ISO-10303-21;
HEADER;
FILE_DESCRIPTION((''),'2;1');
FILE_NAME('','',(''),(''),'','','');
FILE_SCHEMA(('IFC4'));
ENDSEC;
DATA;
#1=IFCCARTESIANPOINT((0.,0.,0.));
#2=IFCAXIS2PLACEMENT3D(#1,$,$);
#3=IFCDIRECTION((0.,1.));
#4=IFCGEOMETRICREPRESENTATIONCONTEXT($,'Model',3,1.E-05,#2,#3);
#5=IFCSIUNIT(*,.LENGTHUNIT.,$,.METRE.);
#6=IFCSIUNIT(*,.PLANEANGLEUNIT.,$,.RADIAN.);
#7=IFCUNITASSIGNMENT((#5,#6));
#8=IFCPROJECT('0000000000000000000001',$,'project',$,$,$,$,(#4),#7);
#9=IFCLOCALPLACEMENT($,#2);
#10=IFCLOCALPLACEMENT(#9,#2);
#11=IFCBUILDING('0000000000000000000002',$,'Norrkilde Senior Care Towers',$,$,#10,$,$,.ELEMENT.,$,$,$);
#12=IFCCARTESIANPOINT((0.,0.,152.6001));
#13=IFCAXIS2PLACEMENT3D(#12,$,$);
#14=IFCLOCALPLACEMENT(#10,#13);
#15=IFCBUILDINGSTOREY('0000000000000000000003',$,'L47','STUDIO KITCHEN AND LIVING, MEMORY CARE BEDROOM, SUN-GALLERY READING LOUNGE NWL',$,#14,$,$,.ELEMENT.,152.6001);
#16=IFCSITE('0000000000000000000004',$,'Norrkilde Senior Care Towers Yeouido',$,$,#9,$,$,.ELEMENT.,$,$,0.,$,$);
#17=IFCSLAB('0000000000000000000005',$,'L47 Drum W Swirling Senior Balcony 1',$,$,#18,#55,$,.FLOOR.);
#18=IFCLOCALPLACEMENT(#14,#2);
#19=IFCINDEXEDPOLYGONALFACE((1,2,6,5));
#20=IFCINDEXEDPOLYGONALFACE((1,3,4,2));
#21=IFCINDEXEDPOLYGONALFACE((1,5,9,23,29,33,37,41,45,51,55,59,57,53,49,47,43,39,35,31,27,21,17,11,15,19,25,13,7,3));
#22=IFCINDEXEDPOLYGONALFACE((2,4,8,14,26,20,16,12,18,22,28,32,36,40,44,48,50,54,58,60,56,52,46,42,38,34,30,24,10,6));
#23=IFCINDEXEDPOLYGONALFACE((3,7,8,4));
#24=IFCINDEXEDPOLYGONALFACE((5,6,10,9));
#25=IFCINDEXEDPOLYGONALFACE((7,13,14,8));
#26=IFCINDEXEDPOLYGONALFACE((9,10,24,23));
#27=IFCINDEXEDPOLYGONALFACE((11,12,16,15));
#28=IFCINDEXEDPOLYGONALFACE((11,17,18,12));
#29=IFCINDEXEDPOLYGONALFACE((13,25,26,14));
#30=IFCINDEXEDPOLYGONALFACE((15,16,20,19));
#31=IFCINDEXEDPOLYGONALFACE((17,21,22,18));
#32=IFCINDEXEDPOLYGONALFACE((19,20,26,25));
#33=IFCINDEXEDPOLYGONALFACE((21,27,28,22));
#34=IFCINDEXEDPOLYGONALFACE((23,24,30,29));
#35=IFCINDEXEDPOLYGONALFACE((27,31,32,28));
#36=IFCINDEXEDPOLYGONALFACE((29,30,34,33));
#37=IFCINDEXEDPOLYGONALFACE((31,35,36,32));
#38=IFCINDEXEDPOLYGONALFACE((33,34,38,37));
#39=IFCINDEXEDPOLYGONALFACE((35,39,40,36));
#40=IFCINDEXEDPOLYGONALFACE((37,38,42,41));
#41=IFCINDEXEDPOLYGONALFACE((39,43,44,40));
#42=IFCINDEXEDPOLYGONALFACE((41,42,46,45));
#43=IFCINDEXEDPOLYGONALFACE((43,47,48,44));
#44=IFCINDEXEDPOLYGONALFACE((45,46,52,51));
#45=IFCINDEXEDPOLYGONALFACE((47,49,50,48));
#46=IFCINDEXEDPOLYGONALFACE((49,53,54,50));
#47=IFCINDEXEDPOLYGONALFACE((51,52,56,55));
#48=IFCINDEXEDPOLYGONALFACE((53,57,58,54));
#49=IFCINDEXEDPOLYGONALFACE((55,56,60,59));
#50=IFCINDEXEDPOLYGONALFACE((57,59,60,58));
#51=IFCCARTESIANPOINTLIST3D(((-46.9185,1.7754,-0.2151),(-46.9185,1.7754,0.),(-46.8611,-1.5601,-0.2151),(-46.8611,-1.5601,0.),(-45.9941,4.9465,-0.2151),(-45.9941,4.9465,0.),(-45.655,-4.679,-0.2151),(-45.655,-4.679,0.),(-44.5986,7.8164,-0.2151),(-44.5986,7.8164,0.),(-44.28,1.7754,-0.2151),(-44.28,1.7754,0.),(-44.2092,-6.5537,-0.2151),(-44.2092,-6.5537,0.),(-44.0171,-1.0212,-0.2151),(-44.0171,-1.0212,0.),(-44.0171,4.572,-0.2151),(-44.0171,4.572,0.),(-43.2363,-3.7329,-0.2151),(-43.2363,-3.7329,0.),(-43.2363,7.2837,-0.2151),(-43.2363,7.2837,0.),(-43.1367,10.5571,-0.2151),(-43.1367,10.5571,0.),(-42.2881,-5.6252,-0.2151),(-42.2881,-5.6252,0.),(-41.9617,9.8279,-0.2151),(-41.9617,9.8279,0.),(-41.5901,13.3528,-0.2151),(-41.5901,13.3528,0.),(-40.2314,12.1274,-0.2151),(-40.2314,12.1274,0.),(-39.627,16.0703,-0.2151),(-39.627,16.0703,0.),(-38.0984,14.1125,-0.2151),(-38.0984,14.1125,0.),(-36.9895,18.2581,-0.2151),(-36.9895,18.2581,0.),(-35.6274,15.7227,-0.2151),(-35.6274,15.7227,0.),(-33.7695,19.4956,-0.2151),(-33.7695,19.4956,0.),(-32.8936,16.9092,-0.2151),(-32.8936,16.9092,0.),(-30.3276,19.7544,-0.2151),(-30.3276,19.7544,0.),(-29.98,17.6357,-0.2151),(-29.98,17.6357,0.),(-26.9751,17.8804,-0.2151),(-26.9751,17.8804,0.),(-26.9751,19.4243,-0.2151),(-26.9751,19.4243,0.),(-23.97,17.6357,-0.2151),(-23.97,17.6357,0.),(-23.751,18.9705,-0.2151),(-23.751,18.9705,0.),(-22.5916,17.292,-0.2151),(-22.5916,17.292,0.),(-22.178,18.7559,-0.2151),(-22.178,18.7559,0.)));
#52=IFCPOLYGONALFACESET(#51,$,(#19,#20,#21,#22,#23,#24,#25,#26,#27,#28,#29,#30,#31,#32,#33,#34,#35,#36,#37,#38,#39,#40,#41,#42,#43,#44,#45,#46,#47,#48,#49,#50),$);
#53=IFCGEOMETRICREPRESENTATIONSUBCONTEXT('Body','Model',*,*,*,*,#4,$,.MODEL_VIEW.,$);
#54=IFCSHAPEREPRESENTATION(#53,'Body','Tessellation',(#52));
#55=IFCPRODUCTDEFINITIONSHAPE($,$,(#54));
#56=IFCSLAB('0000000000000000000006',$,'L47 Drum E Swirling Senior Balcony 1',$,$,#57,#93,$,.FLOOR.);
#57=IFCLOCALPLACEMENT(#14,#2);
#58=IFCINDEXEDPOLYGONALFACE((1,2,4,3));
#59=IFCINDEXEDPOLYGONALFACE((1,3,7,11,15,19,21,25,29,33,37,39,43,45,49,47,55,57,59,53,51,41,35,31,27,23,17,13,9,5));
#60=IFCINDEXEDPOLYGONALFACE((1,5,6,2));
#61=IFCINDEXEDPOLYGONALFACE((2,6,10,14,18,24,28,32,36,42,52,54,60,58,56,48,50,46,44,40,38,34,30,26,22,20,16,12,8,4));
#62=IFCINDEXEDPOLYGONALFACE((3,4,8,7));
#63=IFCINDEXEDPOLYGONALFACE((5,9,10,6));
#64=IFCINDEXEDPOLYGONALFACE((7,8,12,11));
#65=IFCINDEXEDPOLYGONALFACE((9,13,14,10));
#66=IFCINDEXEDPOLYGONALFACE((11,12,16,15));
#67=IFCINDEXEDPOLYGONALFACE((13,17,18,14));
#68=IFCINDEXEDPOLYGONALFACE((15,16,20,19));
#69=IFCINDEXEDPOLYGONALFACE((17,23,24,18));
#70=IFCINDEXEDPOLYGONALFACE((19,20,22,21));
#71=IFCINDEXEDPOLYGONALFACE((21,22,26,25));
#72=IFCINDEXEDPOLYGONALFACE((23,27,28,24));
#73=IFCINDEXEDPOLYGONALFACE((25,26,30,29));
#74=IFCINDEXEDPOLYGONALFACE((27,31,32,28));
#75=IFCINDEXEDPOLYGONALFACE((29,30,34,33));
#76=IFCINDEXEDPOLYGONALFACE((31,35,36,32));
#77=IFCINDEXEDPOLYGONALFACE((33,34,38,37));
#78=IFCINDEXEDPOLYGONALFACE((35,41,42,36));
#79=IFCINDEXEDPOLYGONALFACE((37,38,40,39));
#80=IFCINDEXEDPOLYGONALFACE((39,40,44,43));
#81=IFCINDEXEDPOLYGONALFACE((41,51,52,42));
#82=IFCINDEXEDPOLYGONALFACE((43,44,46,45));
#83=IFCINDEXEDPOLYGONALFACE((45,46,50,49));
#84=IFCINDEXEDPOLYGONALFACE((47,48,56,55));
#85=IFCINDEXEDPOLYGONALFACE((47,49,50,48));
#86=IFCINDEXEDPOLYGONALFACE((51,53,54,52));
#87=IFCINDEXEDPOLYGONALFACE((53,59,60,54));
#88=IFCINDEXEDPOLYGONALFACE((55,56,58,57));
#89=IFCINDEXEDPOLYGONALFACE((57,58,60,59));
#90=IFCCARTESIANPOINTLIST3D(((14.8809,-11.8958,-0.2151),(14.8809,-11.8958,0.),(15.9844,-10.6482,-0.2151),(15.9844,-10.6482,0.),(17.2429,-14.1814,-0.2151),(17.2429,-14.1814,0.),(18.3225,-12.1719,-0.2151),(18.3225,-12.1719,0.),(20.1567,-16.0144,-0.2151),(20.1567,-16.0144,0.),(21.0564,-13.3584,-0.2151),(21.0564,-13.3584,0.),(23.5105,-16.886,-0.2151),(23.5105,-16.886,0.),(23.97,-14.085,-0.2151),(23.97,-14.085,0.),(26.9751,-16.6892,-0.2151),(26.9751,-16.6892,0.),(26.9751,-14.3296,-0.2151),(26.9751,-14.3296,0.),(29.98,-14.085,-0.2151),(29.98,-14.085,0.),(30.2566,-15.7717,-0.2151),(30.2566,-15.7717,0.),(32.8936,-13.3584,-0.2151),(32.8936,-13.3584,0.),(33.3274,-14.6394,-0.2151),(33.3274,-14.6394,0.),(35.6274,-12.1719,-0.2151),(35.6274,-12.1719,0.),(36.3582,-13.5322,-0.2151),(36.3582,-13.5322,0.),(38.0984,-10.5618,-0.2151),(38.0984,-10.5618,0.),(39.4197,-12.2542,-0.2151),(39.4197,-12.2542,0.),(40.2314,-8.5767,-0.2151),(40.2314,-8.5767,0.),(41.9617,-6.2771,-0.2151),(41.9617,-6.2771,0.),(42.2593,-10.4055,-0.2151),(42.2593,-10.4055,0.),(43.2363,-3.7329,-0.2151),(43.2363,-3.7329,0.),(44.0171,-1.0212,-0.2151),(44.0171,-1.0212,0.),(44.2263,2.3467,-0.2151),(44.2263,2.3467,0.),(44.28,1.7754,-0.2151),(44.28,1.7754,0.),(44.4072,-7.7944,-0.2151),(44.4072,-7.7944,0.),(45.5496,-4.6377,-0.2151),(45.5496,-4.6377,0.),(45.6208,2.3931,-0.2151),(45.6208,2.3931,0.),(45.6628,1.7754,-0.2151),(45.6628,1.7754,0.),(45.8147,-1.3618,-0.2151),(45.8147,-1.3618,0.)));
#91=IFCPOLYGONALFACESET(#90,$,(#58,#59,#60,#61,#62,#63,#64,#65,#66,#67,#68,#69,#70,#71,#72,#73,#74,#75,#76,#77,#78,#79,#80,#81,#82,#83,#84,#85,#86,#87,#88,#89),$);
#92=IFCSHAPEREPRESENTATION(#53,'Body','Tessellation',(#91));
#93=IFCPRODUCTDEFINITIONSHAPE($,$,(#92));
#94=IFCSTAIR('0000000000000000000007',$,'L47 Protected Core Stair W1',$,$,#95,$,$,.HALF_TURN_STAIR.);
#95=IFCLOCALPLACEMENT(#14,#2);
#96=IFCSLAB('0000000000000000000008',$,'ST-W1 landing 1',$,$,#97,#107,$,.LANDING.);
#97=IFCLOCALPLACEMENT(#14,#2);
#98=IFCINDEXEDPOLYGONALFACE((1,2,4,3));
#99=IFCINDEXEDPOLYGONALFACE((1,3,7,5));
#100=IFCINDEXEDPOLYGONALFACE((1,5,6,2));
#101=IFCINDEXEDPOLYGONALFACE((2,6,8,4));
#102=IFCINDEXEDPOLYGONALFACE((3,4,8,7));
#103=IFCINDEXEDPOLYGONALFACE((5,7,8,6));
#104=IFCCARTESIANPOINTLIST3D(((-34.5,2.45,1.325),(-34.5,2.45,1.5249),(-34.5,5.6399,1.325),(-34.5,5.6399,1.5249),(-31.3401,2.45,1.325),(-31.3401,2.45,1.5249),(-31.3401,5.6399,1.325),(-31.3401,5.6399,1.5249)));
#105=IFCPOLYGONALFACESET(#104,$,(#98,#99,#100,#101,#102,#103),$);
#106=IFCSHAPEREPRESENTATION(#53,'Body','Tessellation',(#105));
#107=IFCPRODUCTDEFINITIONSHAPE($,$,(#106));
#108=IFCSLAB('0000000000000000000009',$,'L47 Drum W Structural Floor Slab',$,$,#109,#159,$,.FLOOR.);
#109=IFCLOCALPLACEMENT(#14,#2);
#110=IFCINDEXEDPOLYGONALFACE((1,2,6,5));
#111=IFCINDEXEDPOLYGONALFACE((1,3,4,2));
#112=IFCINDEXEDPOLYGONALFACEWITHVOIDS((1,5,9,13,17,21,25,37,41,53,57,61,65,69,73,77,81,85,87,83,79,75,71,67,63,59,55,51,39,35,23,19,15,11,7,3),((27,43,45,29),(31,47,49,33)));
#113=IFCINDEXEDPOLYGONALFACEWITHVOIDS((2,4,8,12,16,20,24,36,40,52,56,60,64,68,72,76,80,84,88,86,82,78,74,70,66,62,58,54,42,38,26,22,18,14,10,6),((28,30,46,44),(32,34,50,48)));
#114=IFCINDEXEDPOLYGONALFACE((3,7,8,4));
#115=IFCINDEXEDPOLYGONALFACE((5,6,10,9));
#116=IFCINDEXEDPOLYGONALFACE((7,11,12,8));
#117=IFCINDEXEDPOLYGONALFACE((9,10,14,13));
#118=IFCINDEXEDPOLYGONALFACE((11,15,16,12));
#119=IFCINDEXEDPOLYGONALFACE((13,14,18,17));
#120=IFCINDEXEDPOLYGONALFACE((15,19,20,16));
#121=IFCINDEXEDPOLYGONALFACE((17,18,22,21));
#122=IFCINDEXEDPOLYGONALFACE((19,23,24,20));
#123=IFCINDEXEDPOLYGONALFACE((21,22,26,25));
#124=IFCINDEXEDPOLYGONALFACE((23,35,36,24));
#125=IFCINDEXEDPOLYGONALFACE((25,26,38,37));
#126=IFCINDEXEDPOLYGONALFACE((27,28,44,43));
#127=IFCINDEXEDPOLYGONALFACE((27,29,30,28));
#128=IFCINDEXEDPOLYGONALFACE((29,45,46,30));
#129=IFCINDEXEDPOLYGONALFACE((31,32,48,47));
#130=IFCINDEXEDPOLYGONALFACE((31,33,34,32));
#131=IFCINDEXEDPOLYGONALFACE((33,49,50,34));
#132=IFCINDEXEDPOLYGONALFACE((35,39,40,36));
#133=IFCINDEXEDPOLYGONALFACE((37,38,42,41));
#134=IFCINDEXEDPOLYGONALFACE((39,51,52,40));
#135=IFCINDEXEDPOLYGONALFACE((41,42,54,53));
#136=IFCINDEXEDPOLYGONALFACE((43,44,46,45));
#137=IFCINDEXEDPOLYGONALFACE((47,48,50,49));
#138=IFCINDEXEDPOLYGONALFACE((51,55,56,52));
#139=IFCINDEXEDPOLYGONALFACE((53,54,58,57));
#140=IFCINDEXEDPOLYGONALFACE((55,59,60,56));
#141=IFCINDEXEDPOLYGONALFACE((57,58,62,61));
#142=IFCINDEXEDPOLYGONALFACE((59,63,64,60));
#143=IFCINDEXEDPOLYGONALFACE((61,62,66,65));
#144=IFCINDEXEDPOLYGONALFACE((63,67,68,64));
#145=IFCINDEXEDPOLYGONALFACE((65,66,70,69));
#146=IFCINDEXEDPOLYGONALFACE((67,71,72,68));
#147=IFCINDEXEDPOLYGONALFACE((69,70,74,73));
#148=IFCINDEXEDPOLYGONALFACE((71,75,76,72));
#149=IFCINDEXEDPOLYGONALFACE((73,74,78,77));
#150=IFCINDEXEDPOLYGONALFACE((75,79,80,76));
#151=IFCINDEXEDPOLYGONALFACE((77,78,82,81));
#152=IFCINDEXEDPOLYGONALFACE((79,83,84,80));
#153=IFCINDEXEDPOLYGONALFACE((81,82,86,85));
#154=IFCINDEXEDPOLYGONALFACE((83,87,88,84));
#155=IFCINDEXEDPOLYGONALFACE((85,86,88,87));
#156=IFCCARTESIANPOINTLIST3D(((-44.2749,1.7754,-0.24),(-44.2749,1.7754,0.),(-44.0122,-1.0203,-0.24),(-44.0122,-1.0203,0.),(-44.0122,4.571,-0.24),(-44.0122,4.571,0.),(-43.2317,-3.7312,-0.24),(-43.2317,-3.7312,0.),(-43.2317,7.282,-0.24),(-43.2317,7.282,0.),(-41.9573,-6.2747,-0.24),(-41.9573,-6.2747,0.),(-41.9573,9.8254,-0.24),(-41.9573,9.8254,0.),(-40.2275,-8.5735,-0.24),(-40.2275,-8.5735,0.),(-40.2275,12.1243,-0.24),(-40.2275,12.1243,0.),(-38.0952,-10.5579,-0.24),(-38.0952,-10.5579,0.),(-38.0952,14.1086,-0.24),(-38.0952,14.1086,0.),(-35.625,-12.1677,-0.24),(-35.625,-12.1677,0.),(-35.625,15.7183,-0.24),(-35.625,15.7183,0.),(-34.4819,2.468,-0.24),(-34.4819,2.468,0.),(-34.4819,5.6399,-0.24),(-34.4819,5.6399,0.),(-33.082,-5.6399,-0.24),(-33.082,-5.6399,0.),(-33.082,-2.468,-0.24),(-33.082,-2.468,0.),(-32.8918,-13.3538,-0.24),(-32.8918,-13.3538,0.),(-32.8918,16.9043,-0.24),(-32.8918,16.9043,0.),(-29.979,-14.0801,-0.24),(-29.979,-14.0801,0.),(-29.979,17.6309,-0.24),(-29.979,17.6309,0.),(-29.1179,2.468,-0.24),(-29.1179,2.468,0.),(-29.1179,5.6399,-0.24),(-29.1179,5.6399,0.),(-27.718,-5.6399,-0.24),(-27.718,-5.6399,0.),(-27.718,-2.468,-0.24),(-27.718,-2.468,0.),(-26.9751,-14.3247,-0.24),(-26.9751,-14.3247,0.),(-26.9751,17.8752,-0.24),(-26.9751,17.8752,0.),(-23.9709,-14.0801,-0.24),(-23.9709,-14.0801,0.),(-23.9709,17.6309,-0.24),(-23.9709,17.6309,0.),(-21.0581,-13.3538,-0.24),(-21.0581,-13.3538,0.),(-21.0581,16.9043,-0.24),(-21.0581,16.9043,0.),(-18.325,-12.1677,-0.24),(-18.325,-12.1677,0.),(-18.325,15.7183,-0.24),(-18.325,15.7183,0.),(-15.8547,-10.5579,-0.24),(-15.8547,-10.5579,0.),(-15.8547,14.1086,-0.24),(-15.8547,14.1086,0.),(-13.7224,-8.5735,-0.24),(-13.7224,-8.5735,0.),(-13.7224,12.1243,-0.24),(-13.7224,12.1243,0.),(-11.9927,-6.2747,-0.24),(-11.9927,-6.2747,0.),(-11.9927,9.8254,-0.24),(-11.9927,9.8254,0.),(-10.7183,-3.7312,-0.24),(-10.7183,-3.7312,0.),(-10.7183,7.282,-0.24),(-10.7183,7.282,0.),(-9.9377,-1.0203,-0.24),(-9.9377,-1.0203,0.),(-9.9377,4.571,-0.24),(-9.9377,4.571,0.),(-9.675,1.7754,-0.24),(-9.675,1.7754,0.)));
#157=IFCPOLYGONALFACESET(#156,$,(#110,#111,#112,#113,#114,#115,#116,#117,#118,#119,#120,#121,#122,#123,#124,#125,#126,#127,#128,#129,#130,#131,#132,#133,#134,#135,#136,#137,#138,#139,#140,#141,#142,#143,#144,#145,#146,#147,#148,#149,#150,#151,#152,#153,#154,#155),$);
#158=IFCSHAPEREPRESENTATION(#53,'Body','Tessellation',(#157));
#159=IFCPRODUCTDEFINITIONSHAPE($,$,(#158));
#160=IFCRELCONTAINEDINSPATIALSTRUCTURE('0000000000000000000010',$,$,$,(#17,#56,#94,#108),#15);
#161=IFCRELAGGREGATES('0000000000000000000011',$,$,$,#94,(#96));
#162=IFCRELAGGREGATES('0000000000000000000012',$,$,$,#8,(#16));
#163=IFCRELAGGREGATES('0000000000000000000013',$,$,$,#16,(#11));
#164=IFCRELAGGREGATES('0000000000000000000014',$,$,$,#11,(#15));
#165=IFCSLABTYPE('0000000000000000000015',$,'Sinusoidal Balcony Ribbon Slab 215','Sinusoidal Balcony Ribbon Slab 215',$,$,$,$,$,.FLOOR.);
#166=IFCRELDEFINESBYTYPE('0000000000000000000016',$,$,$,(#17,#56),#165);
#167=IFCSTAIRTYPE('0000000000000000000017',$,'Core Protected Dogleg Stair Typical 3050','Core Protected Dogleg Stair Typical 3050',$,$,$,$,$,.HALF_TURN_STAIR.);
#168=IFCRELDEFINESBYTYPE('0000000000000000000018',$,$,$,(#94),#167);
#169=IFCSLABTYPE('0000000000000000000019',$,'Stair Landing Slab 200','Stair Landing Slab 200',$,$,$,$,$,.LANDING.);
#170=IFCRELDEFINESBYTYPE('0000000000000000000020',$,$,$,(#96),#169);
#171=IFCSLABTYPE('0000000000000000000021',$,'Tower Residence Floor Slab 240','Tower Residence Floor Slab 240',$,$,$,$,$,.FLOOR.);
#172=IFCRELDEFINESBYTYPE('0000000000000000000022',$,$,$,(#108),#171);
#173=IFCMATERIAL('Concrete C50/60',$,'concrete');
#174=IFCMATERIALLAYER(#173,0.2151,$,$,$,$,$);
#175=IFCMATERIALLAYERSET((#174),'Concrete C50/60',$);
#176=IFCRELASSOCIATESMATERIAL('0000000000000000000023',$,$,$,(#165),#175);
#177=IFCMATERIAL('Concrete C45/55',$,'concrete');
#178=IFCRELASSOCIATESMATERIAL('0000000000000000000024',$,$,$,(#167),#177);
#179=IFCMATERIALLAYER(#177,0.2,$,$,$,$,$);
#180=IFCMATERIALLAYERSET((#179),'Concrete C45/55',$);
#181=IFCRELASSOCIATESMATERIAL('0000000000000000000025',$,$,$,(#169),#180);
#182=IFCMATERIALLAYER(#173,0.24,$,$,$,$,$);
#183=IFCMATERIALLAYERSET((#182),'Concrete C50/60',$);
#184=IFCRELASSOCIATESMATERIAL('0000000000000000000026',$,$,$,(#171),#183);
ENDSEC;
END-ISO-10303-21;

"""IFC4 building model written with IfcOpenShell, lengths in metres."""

from ifc_helpers import new_model, si_unit, direction, frame, origin, place, context, subcontext, project, spatial, polyline, outline, extrude, material, layer, layer_set, type_object, element, aggregate, save


model = new_model("IFC4")

# Units and contexts
model_context = context("Model", 3, precision=1e-05, world=origin(), true_north=direction((0.0, 1.0)))
body_context = subcontext(model_context, "Body", "Model", "MODEL_VIEW")
ifc_project = project(units=[si_unit("LENGTHUNIT", "METRE"), si_unit("PLANEANGLEUNIT", "RADIAN")], contexts=[model_context])

# Site, building, storey
site_placement = place(None, origin())
site = spatial("IfcSite", under=ifc_project, at=site_placement, Name="Norrkilde Senior Care Towers Yeouido", CompositionType="ELEMENT", RefElevation=0.0)
building_placement = place(site_placement, origin())
building = spatial("IfcBuilding", under=site, at=building_placement, Name="Norrkilde Senior Care Towers", CompositionType="ELEMENT")
storey_placement = place(building_placement, frame((0.0, 0.0, 152.6001)))
storey = spatial("IfcBuildingStorey", under=building, at=storey_placement, Name="L47", Description="STUDIO KITCHEN AND LIVING, MEMORY CARE BEDROOM, SUN-GALLERY READING LOUNGE NWL", CompositionType="ELEMENT", Elevation=152.6001)

# Shared definitions
ifc_material_1 = material(Name="Concrete C50/60", Category="concrete")

# Slabs
ifc_layer_1 = layer(ifc_material_1, 0.2151)
ifc_layer_set_1 = layer_set([ifc_layer_1], Name="Concrete C50/60")
slab_type_1 = type_object("IfcSlabType", Name="Sinusoidal Balcony Ribbon Slab 215", Description="Sinusoidal Balcony Ribbon Slab 215", PredefinedType="FLOOR", material=ifc_layer_set_1)
slab_1_placement = place(storey_placement, frame((0.0, 0.0, -0.2151)))
element("IfcSlab", 1, at=slab_1_placement, inside=storey, type_object=slab_type_1, Name="L47 Drum W Swirling Senior Balcony 1", PredefinedType="FLOOR", context=body_context, shape_type="SweptSolid", body=[
    extrude(outline(polyline([(-46.8611, -1.5601), (-46.9185, 1.7754), (-45.9941, 4.9465), (-44.5986, 7.8164), (-43.1367, 10.5571), (-41.5901, 13.3528), (-39.627, 16.0703), (-36.9895, 18.2581), (-33.7695, 19.4956), (-30.3276, 19.7544), (-26.9751, 19.4243), (-23.751, 18.9705), (-22.178, 18.7559), (-22.5916, 17.292), (-23.97, 17.6357), (-26.9751, 17.8804), (-29.98, 17.6357), (-32.8936, 16.9092), (-35.6274, 15.7227), (-38.0984, 14.1125), (-40.2314, 12.1274), (-41.9617, 9.8279), (-43.2363, 7.2837), (-44.0171, 4.572), (-44.28, 1.7754), (-44.0171, -1.0212), (-43.2363, -3.7329), (-42.2881, -5.6252), (-44.2092, -6.5537), (-45.655, -4.679), (-46.8611, -1.5601)])), origin(), (0.0, 0.0, 1.0), 0.2151),
])
slab_2_placement = place(storey_placement, frame((0.0, 0.0, -0.2151)))
element("IfcSlab", 2, at=slab_2_placement, inside=storey, type_object=slab_type_1, Name="L47 Drum E Swirling Senior Balcony 1", PredefinedType="FLOOR", context=body_context, shape_type="SweptSolid", body=[
    extrude(outline(polyline([(44.4072, -7.7944), (42.2593, -10.4055), (39.4197, -12.2542), (36.3582, -13.5322), (33.3274, -14.6394), (30.2566, -15.7717), (26.9751, -16.6892), (23.5105, -16.886), (20.1567, -16.0144), (17.2429, -14.1814), (14.8809, -11.8958), (15.9844, -10.6482), (18.3225, -12.1719), (21.0564, -13.3584), (23.97, -14.085), (26.9751, -14.3296), (29.98, -14.085), (32.8936, -13.3584), (35.6274, -12.1719), (38.0984, -10.5618), (40.2314, -8.5767), (41.9617, -6.2771), (43.2363, -3.7329), (44.0171, -1.0212), (44.28, 1.7754), (44.2263, 2.3467), (45.6208, 2.3931), (45.6628, 1.7754), (45.8147, -1.3618), (45.5496, -4.6377), (44.4072, -7.7944)])), origin(), (0.0, 0.0, 1.0), 0.2151),
])

# Stair, slab
ifc_material_2 = material(Name="Concrete C45/55", Category="concrete")
stair_type = type_object("IfcStairType", Name="Core Protected Dogleg Stair Typical 3050", Description="Core Protected Dogleg Stair Typical 3050", PredefinedType="HALF_TURN_STAIR", material=ifc_material_2)
stair_placement = place(storey_placement, origin())
stair = element("IfcStair", 3, at=stair_placement, inside=storey, type_object=stair_type, Name="L47 Protected Core Stair W1", PredefinedType="HALF_TURN_STAIR")
ifc_layer_2 = layer(ifc_material_2, 0.2)
ifc_layer_set_2 = layer_set([ifc_layer_2], Name="Concrete C45/55")
slab_type_2 = type_object("IfcSlabType", Name="Stair Landing Slab 200", Description="Stair Landing Slab 200", PredefinedType="LANDING", material=ifc_layer_set_2)
slab_3_placement = place(storey_placement, frame((0.0, 0.0, 1.325)))
slab_3 = element("IfcSlab", 4, at=slab_3_placement, type_object=slab_type_2, Name="ST-W1 landing 1", PredefinedType="LANDING", context=body_context, shape_type="SweptSolid", body=[
    extrude(outline(polyline([(-31.3401, 5.6399), (-34.5, 5.6399), (-34.5, 2.45), (-31.3401, 2.45), (-31.3401, 5.6399)])), origin(), (0.0, 0.0, 1.0), 0.2),
])
aggregate(stair, [slab_3])

# Slab
ifc_layer_3 = layer(ifc_material_1, 0.24)
ifc_layer_set_3 = layer_set([ifc_layer_3], Name="Concrete C50/60")
slab_type_3 = type_object("IfcSlabType", Name="Tower Residence Floor Slab 240", Description="Tower Residence Floor Slab 240", PredefinedType="FLOOR", material=ifc_layer_set_3)
slab_4_placement = place(storey_placement, frame((0.0, 0.0, -0.24)))
element("IfcSlab", 5, at=slab_4_placement, inside=storey, type_object=slab_type_3, Name="L47 Drum W Structural Floor Slab", PredefinedType="FLOOR", context=body_context, shape_type="SweptSolid", body=[
    extrude(outline(polyline([(-10.7183, -3.7312), (-11.9927, -6.2747), (-13.7224, -8.5735), (-15.8547, -10.5579), (-18.325, -12.1677), (-21.0581, -13.3538), (-23.9709, -14.0801), (-26.9751, -14.3247), (-29.979, -14.0801), (-32.8918, -13.3538), (-35.625, -12.1677), (-38.0952, -10.5579), (-40.2275, -8.5735), (-41.9573, -6.2747), (-43.2317, -3.7312), (-44.0122, -1.0203), (-44.2749, 1.7754), (-44.0122, 4.571), (-43.2317, 7.282), (-41.9573, 9.8254), (-40.2275, 12.1243), (-38.0952, 14.1086), (-35.625, 15.7183), (-32.8918, 16.9043), (-29.979, 17.6309), (-26.9751, 17.8752), (-23.9709, 17.6309), (-21.0581, 16.9043), (-18.325, 15.7183), (-15.8547, 14.1086), (-13.7224, 12.1243), (-11.9927, 9.8254), (-10.7183, 7.282), (-9.9377, 4.571), (-9.675, 1.7754), (-9.9377, -1.0203), (-10.7183, -3.7312)]), holes=[polyline([(-34.4819, 2.468), (-29.1179, 2.468), (-29.1179, 5.6399), (-34.4819, 5.6399), (-34.4819, 2.468)]), polyline([(-27.718, -5.6399), (-27.718, -2.468), (-33.082, -2.468), (-33.082, -5.6399), (-27.718, -5.6399)])]), origin(), (0.0, 0.0, 1.0), 0.24),
])

save(model, "model.ifc")
